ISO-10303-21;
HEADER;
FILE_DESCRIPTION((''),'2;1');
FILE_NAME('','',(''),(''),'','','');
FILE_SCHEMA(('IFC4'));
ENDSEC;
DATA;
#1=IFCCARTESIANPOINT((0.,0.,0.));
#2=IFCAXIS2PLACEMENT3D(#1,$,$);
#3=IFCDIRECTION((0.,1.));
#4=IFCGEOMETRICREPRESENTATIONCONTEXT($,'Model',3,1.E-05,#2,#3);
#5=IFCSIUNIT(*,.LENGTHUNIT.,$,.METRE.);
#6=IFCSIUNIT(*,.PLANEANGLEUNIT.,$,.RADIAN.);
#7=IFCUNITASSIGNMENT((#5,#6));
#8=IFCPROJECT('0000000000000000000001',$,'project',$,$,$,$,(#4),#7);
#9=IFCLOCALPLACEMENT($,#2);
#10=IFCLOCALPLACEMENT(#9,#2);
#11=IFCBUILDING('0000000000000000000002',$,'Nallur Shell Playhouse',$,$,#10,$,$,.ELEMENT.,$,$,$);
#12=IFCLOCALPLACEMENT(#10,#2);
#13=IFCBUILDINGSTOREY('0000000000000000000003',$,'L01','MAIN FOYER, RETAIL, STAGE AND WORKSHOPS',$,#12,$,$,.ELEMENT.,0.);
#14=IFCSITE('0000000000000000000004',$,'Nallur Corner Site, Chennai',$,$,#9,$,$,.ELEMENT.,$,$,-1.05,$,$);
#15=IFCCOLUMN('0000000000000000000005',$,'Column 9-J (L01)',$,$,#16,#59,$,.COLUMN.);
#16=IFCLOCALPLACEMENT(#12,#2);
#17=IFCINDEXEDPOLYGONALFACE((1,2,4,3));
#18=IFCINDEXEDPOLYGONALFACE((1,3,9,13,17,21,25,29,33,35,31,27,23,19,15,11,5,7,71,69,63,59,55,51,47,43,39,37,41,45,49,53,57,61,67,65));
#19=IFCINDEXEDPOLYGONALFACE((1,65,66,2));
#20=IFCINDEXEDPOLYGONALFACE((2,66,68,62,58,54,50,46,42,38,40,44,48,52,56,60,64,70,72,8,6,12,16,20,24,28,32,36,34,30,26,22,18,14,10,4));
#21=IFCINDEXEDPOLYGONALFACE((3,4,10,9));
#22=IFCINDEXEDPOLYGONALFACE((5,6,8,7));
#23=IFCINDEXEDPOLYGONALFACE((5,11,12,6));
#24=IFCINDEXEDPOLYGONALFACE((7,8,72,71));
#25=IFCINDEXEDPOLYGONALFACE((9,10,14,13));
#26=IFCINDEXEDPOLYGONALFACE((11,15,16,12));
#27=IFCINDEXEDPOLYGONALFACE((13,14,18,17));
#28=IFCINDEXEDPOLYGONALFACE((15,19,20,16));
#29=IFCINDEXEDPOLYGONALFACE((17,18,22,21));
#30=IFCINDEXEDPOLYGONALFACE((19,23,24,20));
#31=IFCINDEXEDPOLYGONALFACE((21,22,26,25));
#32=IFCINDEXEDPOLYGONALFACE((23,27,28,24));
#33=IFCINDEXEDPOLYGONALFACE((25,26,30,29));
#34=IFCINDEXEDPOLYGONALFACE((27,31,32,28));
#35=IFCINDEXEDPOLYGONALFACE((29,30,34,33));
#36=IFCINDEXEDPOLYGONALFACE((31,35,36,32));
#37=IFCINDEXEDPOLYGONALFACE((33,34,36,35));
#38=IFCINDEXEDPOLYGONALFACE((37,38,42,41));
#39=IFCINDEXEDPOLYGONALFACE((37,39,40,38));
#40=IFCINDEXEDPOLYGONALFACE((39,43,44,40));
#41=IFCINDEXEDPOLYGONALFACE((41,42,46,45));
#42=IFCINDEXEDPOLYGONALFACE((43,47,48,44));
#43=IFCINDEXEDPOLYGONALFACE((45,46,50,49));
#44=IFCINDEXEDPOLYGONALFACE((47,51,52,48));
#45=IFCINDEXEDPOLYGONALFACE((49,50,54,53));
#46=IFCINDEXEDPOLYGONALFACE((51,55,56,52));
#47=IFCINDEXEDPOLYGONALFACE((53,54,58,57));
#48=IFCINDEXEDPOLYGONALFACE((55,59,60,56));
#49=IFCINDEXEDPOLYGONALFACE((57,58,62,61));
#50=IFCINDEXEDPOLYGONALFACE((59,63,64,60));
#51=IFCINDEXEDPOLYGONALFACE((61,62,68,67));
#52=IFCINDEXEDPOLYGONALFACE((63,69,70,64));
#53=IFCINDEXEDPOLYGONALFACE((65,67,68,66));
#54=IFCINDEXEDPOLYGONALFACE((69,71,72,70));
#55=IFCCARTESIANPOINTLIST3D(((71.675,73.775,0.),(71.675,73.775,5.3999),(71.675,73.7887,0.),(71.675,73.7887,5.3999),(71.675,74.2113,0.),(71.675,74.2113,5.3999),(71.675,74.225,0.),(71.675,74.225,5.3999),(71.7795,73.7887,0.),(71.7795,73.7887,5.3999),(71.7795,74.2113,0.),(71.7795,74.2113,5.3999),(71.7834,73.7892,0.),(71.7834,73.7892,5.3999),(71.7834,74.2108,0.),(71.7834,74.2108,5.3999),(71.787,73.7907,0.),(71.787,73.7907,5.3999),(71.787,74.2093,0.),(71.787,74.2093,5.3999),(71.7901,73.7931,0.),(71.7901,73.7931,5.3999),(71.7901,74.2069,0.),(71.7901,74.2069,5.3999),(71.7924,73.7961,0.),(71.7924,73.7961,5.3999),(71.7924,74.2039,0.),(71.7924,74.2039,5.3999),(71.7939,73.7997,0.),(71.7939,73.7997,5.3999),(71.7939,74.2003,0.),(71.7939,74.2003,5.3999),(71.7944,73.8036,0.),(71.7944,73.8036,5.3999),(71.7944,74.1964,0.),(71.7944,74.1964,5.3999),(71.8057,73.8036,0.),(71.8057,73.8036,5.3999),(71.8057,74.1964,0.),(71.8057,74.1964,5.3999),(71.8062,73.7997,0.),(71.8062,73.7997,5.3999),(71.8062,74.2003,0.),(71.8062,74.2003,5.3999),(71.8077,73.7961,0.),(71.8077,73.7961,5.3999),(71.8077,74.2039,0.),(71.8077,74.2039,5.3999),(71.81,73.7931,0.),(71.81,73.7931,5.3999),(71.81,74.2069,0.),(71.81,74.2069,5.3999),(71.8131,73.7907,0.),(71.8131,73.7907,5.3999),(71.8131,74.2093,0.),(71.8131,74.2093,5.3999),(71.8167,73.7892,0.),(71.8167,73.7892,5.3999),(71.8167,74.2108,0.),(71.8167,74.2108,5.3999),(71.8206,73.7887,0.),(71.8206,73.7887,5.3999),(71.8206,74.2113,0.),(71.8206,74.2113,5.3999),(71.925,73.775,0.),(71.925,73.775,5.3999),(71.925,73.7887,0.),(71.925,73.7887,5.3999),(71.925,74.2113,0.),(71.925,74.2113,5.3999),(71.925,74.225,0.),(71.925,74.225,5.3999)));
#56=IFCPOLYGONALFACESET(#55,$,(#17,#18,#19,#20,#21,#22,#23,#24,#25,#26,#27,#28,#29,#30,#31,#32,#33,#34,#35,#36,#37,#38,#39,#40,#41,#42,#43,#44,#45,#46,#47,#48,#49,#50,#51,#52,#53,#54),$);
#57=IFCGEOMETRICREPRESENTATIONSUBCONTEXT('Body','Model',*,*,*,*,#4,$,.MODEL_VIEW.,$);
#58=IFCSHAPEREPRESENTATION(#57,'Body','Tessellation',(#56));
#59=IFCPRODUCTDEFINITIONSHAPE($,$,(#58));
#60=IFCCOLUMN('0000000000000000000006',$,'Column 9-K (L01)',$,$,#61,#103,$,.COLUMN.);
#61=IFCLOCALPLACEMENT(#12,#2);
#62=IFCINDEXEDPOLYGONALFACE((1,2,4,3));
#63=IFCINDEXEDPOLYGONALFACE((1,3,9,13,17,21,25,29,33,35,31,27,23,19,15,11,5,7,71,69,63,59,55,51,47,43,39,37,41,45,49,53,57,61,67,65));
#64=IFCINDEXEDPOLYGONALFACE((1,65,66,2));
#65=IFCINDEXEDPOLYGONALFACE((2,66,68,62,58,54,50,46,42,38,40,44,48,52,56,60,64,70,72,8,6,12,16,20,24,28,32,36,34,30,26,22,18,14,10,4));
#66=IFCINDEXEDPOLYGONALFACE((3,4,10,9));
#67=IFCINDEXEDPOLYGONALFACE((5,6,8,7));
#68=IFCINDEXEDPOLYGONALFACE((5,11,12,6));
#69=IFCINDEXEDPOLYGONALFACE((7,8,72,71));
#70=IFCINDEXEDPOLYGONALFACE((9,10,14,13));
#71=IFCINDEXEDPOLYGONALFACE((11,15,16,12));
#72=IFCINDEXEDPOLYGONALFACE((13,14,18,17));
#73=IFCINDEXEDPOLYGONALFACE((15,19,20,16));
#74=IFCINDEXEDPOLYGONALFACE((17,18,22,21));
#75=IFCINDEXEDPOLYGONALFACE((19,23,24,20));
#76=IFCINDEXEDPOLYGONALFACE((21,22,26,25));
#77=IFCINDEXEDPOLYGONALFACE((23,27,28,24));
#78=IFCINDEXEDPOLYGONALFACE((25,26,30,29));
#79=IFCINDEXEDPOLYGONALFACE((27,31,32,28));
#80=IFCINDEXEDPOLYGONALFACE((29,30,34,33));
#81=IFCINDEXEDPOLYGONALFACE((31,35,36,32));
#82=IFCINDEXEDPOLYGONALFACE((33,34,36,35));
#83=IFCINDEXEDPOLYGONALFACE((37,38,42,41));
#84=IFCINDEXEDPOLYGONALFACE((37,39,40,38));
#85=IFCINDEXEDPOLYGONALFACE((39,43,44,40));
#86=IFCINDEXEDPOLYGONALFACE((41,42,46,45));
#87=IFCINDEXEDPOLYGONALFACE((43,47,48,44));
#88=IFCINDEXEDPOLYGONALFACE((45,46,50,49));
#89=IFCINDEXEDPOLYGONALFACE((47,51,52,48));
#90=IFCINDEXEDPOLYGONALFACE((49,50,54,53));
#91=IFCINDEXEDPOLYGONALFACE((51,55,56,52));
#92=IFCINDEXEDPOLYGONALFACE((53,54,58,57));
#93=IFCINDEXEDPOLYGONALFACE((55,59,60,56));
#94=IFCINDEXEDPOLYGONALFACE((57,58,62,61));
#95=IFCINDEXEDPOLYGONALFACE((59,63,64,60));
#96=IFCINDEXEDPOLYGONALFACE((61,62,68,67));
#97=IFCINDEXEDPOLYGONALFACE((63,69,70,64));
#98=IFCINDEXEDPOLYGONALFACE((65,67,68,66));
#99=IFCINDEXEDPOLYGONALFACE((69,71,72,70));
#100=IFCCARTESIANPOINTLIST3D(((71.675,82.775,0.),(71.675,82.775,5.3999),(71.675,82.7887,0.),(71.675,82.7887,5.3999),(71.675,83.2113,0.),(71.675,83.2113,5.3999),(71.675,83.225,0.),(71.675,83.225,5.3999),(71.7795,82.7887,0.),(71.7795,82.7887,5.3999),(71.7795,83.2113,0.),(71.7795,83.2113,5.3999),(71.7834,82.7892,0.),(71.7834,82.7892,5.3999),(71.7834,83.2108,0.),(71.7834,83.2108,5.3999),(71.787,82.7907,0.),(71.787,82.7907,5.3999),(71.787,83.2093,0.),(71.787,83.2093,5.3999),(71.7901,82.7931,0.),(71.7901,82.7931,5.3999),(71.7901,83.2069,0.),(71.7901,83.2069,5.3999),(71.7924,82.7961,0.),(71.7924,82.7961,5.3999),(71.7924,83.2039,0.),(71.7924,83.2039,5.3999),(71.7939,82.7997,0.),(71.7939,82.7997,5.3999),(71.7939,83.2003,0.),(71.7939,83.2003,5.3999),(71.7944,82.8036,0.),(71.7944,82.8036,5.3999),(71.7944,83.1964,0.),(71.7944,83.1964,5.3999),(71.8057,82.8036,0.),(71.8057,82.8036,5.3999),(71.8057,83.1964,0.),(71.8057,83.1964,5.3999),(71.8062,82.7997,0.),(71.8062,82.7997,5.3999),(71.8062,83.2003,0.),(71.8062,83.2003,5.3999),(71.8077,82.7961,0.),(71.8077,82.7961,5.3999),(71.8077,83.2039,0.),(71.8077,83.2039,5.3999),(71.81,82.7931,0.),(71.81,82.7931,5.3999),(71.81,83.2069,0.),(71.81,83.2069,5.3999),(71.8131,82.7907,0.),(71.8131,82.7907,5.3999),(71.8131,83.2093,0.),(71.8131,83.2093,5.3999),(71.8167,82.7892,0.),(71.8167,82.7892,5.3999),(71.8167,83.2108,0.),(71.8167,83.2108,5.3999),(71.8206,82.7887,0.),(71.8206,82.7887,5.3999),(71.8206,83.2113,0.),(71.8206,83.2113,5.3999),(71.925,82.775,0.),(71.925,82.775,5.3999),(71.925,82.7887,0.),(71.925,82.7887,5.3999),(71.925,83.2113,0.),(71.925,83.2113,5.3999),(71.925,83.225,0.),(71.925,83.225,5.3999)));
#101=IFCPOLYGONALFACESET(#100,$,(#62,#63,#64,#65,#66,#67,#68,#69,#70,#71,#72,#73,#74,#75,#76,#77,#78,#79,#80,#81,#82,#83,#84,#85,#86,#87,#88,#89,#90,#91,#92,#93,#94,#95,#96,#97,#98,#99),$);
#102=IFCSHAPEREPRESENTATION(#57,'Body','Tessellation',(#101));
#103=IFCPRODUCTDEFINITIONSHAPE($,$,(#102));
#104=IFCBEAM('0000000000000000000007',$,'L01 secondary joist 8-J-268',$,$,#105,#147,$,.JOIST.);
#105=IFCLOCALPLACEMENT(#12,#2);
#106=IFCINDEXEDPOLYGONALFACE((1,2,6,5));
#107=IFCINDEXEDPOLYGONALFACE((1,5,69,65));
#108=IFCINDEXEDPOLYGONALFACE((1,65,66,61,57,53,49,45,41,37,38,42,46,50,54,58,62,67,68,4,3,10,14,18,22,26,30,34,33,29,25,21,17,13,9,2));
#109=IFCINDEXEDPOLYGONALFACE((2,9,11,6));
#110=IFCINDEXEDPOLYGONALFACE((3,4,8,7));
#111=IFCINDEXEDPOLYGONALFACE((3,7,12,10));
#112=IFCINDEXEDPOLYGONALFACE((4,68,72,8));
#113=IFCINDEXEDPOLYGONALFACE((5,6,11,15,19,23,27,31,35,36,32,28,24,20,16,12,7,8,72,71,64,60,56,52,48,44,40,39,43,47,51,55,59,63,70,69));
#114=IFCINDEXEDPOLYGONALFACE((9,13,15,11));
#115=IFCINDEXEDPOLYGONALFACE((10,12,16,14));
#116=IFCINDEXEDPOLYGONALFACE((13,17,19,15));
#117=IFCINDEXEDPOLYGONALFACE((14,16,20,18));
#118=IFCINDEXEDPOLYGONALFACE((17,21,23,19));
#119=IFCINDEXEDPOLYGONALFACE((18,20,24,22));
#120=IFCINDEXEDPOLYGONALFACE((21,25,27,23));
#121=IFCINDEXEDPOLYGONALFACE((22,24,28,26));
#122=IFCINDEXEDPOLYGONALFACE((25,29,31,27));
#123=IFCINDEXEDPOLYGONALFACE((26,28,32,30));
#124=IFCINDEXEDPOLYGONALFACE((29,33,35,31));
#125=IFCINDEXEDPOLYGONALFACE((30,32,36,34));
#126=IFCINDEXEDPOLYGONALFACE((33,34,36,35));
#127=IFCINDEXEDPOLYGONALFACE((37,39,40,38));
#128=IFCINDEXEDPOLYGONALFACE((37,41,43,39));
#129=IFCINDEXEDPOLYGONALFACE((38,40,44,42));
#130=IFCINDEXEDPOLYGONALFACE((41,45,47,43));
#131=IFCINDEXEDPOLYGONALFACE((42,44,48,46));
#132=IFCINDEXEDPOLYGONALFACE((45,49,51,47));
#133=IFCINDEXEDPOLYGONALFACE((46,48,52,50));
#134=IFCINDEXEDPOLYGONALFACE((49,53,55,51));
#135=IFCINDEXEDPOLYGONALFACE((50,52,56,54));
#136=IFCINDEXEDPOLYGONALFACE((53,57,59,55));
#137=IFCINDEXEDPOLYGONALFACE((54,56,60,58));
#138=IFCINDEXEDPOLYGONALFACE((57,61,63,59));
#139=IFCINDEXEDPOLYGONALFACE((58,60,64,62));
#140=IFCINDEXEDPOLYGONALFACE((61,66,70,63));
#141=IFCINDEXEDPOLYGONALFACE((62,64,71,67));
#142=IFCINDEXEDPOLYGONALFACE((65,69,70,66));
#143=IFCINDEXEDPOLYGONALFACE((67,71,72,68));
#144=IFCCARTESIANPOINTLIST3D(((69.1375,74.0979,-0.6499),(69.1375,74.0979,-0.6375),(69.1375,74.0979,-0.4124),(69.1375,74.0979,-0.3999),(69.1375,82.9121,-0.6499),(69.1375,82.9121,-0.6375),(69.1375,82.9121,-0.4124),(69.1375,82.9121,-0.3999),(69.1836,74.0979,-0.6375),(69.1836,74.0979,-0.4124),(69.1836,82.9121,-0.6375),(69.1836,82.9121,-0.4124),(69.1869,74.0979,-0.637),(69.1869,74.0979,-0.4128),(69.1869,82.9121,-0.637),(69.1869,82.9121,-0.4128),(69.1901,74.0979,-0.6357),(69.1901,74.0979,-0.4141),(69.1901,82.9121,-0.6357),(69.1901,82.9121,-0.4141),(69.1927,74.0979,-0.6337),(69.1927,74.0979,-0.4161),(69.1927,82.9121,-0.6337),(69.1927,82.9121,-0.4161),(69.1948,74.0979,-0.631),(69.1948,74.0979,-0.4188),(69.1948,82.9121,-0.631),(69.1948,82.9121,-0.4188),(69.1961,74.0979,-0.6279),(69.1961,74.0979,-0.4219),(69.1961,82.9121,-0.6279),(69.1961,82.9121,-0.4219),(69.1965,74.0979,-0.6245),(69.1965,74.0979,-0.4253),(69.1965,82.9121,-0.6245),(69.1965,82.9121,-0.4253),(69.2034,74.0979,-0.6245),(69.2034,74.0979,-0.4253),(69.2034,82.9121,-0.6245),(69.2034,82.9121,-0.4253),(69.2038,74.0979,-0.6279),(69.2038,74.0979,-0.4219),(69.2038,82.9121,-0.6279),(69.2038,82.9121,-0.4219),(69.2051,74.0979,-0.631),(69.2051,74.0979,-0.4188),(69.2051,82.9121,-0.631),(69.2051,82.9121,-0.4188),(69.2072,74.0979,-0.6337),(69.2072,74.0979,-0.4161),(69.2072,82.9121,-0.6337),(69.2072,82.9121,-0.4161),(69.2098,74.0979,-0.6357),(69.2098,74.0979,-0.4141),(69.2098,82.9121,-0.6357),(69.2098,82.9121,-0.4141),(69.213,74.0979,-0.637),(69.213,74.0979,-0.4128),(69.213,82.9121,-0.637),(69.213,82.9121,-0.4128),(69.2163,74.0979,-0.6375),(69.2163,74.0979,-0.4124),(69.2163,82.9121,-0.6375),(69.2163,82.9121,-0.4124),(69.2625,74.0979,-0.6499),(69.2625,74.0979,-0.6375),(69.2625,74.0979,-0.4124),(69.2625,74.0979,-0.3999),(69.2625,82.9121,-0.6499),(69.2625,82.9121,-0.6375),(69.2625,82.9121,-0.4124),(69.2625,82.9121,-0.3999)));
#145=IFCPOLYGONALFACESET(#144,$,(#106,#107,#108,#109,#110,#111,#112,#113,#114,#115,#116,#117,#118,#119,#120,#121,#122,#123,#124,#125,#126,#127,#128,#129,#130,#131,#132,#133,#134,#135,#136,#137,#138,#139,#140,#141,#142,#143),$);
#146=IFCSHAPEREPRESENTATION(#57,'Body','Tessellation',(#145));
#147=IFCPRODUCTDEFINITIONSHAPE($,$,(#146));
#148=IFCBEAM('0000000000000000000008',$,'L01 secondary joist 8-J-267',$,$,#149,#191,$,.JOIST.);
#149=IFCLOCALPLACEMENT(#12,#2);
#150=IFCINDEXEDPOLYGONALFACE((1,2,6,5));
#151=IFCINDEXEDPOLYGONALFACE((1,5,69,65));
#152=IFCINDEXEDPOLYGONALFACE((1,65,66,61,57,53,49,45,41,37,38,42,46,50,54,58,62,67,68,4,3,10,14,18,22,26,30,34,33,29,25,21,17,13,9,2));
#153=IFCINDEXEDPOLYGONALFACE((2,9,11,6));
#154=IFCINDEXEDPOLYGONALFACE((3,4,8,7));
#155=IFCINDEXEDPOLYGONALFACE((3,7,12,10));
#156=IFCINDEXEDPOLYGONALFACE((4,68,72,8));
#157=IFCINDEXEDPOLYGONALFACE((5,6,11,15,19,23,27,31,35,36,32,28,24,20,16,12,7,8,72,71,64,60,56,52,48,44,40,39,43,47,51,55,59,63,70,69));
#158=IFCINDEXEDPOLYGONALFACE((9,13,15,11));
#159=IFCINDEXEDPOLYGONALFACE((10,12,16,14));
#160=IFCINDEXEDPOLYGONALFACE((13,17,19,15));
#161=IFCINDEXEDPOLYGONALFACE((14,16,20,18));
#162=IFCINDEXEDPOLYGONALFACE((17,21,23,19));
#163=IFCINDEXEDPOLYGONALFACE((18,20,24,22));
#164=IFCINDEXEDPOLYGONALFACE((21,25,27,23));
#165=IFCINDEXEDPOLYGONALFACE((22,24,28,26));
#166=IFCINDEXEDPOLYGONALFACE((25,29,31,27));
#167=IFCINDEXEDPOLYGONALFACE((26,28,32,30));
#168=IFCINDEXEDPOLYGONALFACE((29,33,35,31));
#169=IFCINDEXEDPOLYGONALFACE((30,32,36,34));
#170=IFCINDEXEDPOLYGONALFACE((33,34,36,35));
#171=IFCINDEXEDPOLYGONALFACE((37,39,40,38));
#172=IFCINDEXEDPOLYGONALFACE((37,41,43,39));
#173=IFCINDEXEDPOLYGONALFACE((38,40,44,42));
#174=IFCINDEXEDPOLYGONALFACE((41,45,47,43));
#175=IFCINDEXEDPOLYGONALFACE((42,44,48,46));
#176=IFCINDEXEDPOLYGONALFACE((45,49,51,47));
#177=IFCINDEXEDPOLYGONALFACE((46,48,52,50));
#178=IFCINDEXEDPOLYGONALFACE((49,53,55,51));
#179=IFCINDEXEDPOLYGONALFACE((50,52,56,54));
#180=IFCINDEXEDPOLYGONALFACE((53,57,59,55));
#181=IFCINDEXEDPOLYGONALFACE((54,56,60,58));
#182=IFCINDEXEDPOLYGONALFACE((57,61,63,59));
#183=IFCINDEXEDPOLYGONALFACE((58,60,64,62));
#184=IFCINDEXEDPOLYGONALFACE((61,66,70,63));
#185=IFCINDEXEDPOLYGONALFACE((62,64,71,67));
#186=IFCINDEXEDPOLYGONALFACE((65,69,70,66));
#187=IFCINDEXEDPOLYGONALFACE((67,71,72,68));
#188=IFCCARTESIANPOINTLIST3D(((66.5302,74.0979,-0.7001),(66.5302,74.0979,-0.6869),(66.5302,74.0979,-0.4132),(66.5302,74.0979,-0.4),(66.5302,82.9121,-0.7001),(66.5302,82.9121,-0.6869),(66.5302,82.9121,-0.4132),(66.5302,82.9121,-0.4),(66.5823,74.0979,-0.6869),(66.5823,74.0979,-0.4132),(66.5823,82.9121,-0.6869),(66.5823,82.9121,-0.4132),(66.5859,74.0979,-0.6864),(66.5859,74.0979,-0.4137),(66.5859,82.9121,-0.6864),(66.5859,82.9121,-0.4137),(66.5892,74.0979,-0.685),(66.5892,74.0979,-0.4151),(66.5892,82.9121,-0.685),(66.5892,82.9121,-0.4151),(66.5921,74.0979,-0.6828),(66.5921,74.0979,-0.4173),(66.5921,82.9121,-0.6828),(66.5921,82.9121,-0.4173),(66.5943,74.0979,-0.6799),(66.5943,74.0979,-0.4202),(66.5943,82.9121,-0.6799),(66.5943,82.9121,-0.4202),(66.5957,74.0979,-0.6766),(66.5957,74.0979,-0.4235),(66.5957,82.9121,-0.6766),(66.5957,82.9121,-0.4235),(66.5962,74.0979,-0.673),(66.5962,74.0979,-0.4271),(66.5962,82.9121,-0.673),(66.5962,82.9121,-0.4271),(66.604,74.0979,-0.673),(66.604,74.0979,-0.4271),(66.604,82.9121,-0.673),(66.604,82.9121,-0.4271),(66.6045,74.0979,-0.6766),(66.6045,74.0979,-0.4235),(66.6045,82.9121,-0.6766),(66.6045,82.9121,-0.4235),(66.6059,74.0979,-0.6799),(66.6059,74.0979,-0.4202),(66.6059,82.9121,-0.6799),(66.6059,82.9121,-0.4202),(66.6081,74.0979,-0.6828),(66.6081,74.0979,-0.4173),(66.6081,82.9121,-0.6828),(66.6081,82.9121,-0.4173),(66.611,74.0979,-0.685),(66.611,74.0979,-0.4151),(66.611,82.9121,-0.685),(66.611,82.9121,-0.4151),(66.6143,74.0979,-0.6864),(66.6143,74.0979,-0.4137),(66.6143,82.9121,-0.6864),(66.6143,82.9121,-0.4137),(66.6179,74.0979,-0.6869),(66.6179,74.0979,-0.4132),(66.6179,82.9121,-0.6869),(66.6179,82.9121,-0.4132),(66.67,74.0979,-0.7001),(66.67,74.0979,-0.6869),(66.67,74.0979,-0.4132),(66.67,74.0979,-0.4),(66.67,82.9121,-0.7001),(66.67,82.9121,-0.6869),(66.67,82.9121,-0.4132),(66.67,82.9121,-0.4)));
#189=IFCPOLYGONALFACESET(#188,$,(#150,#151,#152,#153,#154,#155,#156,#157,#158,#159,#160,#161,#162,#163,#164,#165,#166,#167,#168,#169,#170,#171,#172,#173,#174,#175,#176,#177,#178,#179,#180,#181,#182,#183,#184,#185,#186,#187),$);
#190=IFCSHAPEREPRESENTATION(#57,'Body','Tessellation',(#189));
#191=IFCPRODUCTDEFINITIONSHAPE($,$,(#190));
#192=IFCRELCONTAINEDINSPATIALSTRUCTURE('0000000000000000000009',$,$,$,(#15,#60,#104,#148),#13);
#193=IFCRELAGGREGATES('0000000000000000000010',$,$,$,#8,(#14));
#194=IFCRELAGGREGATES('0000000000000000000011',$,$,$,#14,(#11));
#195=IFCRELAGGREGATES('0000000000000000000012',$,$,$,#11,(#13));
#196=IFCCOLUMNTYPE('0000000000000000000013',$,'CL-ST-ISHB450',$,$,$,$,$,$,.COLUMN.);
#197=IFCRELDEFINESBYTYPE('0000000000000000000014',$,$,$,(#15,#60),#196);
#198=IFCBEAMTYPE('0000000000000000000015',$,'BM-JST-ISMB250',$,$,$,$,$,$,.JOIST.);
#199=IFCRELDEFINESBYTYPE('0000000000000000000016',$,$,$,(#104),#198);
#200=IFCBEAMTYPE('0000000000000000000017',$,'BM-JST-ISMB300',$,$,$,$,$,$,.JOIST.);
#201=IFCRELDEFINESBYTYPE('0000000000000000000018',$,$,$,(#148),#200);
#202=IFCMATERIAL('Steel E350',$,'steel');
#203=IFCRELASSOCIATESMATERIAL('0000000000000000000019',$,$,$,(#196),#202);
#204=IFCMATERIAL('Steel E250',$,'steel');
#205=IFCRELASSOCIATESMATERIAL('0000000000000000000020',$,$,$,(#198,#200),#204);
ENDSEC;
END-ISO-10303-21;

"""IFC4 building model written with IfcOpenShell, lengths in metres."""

from ifc_helpers import new_model, si_unit, direction, frame, origin, origin_2d, place, context, subcontext, project, spatial, i_section, extrude, material, material_profile, profile_set, type_object, element, save


model = new_model("IFC4")

# Units and contexts
model_context = context("Model", 3, precision=1e-05, world=origin(), true_north=direction((0.0, 1.0)))
body_context = subcontext(model_context, "Body", "Model", "MODEL_VIEW")
ifc_project = project(units=[si_unit("LENGTHUNIT", "METRE"), si_unit("PLANEANGLEUNIT", "RADIAN")], contexts=[model_context])

# Site, building, storey
site_placement = place(None, origin())
site = spatial("IfcSite", under=ifc_project, at=site_placement, Name="Nallur Corner Site, Chennai", CompositionType="ELEMENT", RefElevation=-1.05)
building_placement = place(site_placement, origin())
building = spatial("IfcBuilding", under=site, at=building_placement, Name="Nallur Shell Playhouse", CompositionType="ELEMENT")
storey_placement = place(building_placement, origin())
storey = spatial("IfcBuildingStorey", under=building, at=storey_placement, Name="L01", Description="MAIN FOYER, RETAIL, STAGE AND WORKSHOPS", CompositionType="ELEMENT", Elevation=0.0)

# Columns
ifc_material_1 = material(Name="Steel E350", Category="steel")
ifc_material_profile_1 = material_profile(ifc_material_1, i_section(OverallWidth=0.25, OverallDepth=0.45, WebThickness=0.0112, FlangeThickness=0.0137, FilletRadius=0.0149, at=origin_2d()), Name="ISHB 450")
ifc_profile_set_1 = profile_set([ifc_material_profile_1], Name="Steel E350")
column_type = type_object("IfcColumnType", Name="CL-ST-ISHB450", PredefinedType="COLUMN", material=ifc_profile_set_1)
for number, where, z_axis, x_axis, name in (
    (1, (71.8, 74.0, 0.0), (0.0, 0.0, 1.0), (1.0, 0.0, 0.0), "Column 9-J (L01)"),
    (2, (71.8, 83.0, 0.0), (0.0, 0.0, 1.0), (1.0, 0.0, 0.0), "Column 9-K (L01)"),
):
    element("IfcColumn", number, at=place(storey_placement, frame(where, z_axis=z_axis, x_axis=x_axis)), inside=storey, type_object=column_type, Name=name, PredefinedType="COLUMN", context=body_context, shape_type="SweptSolid", body=[
        extrude(i_section(OverallWidth=0.25, OverallDepth=0.45, WebThickness=0.0112, FlangeThickness=0.0137, FilletRadius=0.0149, at=origin_2d()), origin(), (0.0, 0.0, 1.0), 5.3999),
    ])

# Beams
ifc_material_2 = material(Name="Steel E250", Category="steel")
ifc_material_profile_2 = material_profile(ifc_material_2, i_section(OverallWidth=0.125, OverallDepth=0.25, WebThickness=0.0068, FlangeThickness=0.0125, FilletRadius=0.0129, at=origin_2d()), Name="ISMB 250")
ifc_profile_set_2 = profile_set([ifc_material_profile_2], Name="Steel E250")
beam_type_1 = type_object("IfcBeamType", Name="BM-JST-ISMB250", PredefinedType="JOIST", material=ifc_profile_set_2)
beam_1_placement = place(storey_placement, frame((69.2, 74.0979, -0.5249), z_axis=(0.0, 1.0, 0.0), x_axis=(-1.0, 0.0, 0.0)))
element("IfcBeam", 3, at=beam_1_placement, inside=storey, type_object=beam_type_1, Name="L01 secondary joist 8-J-268", PredefinedType="JOIST", context=body_context, shape_type="SweptSolid", body=[
    extrude(i_section(OverallWidth=0.125, OverallDepth=0.25, WebThickness=0.0068, FlangeThickness=0.0125, FilletRadius=0.0129, at=origin_2d()), origin(), (0.0, 0.0, 1.0), 8.8142),
])
ifc_material_profile_3 = material_profile(ifc_material_2, i_section(OverallWidth=0.1399, OverallDepth=0.3, WebThickness=0.0078, FlangeThickness=0.0132, FilletRadius=0.0139, at=origin_2d()), Name="ISMB 300")
ifc_profile_set_3 = profile_set([ifc_material_profile_3], Name="Steel E250")
beam_type_2 = type_object("IfcBeamType", Name="BM-JST-ISMB300", PredefinedType="JOIST", material=ifc_profile_set_3)
beam_2_placement = place(storey_placement, frame((66.6001, 74.0979, -0.55), z_axis=(0.0, 1.0, 0.0), x_axis=(-1.0, 0.0, 0.0)))
element("IfcBeam", 4, at=beam_2_placement, inside=storey, type_object=beam_type_2, Name="L01 secondary joist 8-J-267", PredefinedType="JOIST", context=body_context, shape_type="SweptSolid", body=[
    extrude(i_section(OverallWidth=0.1399, OverallDepth=0.3, WebThickness=0.0078, FlangeThickness=0.0132, FilletRadius=0.0139, at=origin_2d()), origin(), (0.0, 0.0, 1.0), 8.8142),
])

save(model, "model.ifc")
